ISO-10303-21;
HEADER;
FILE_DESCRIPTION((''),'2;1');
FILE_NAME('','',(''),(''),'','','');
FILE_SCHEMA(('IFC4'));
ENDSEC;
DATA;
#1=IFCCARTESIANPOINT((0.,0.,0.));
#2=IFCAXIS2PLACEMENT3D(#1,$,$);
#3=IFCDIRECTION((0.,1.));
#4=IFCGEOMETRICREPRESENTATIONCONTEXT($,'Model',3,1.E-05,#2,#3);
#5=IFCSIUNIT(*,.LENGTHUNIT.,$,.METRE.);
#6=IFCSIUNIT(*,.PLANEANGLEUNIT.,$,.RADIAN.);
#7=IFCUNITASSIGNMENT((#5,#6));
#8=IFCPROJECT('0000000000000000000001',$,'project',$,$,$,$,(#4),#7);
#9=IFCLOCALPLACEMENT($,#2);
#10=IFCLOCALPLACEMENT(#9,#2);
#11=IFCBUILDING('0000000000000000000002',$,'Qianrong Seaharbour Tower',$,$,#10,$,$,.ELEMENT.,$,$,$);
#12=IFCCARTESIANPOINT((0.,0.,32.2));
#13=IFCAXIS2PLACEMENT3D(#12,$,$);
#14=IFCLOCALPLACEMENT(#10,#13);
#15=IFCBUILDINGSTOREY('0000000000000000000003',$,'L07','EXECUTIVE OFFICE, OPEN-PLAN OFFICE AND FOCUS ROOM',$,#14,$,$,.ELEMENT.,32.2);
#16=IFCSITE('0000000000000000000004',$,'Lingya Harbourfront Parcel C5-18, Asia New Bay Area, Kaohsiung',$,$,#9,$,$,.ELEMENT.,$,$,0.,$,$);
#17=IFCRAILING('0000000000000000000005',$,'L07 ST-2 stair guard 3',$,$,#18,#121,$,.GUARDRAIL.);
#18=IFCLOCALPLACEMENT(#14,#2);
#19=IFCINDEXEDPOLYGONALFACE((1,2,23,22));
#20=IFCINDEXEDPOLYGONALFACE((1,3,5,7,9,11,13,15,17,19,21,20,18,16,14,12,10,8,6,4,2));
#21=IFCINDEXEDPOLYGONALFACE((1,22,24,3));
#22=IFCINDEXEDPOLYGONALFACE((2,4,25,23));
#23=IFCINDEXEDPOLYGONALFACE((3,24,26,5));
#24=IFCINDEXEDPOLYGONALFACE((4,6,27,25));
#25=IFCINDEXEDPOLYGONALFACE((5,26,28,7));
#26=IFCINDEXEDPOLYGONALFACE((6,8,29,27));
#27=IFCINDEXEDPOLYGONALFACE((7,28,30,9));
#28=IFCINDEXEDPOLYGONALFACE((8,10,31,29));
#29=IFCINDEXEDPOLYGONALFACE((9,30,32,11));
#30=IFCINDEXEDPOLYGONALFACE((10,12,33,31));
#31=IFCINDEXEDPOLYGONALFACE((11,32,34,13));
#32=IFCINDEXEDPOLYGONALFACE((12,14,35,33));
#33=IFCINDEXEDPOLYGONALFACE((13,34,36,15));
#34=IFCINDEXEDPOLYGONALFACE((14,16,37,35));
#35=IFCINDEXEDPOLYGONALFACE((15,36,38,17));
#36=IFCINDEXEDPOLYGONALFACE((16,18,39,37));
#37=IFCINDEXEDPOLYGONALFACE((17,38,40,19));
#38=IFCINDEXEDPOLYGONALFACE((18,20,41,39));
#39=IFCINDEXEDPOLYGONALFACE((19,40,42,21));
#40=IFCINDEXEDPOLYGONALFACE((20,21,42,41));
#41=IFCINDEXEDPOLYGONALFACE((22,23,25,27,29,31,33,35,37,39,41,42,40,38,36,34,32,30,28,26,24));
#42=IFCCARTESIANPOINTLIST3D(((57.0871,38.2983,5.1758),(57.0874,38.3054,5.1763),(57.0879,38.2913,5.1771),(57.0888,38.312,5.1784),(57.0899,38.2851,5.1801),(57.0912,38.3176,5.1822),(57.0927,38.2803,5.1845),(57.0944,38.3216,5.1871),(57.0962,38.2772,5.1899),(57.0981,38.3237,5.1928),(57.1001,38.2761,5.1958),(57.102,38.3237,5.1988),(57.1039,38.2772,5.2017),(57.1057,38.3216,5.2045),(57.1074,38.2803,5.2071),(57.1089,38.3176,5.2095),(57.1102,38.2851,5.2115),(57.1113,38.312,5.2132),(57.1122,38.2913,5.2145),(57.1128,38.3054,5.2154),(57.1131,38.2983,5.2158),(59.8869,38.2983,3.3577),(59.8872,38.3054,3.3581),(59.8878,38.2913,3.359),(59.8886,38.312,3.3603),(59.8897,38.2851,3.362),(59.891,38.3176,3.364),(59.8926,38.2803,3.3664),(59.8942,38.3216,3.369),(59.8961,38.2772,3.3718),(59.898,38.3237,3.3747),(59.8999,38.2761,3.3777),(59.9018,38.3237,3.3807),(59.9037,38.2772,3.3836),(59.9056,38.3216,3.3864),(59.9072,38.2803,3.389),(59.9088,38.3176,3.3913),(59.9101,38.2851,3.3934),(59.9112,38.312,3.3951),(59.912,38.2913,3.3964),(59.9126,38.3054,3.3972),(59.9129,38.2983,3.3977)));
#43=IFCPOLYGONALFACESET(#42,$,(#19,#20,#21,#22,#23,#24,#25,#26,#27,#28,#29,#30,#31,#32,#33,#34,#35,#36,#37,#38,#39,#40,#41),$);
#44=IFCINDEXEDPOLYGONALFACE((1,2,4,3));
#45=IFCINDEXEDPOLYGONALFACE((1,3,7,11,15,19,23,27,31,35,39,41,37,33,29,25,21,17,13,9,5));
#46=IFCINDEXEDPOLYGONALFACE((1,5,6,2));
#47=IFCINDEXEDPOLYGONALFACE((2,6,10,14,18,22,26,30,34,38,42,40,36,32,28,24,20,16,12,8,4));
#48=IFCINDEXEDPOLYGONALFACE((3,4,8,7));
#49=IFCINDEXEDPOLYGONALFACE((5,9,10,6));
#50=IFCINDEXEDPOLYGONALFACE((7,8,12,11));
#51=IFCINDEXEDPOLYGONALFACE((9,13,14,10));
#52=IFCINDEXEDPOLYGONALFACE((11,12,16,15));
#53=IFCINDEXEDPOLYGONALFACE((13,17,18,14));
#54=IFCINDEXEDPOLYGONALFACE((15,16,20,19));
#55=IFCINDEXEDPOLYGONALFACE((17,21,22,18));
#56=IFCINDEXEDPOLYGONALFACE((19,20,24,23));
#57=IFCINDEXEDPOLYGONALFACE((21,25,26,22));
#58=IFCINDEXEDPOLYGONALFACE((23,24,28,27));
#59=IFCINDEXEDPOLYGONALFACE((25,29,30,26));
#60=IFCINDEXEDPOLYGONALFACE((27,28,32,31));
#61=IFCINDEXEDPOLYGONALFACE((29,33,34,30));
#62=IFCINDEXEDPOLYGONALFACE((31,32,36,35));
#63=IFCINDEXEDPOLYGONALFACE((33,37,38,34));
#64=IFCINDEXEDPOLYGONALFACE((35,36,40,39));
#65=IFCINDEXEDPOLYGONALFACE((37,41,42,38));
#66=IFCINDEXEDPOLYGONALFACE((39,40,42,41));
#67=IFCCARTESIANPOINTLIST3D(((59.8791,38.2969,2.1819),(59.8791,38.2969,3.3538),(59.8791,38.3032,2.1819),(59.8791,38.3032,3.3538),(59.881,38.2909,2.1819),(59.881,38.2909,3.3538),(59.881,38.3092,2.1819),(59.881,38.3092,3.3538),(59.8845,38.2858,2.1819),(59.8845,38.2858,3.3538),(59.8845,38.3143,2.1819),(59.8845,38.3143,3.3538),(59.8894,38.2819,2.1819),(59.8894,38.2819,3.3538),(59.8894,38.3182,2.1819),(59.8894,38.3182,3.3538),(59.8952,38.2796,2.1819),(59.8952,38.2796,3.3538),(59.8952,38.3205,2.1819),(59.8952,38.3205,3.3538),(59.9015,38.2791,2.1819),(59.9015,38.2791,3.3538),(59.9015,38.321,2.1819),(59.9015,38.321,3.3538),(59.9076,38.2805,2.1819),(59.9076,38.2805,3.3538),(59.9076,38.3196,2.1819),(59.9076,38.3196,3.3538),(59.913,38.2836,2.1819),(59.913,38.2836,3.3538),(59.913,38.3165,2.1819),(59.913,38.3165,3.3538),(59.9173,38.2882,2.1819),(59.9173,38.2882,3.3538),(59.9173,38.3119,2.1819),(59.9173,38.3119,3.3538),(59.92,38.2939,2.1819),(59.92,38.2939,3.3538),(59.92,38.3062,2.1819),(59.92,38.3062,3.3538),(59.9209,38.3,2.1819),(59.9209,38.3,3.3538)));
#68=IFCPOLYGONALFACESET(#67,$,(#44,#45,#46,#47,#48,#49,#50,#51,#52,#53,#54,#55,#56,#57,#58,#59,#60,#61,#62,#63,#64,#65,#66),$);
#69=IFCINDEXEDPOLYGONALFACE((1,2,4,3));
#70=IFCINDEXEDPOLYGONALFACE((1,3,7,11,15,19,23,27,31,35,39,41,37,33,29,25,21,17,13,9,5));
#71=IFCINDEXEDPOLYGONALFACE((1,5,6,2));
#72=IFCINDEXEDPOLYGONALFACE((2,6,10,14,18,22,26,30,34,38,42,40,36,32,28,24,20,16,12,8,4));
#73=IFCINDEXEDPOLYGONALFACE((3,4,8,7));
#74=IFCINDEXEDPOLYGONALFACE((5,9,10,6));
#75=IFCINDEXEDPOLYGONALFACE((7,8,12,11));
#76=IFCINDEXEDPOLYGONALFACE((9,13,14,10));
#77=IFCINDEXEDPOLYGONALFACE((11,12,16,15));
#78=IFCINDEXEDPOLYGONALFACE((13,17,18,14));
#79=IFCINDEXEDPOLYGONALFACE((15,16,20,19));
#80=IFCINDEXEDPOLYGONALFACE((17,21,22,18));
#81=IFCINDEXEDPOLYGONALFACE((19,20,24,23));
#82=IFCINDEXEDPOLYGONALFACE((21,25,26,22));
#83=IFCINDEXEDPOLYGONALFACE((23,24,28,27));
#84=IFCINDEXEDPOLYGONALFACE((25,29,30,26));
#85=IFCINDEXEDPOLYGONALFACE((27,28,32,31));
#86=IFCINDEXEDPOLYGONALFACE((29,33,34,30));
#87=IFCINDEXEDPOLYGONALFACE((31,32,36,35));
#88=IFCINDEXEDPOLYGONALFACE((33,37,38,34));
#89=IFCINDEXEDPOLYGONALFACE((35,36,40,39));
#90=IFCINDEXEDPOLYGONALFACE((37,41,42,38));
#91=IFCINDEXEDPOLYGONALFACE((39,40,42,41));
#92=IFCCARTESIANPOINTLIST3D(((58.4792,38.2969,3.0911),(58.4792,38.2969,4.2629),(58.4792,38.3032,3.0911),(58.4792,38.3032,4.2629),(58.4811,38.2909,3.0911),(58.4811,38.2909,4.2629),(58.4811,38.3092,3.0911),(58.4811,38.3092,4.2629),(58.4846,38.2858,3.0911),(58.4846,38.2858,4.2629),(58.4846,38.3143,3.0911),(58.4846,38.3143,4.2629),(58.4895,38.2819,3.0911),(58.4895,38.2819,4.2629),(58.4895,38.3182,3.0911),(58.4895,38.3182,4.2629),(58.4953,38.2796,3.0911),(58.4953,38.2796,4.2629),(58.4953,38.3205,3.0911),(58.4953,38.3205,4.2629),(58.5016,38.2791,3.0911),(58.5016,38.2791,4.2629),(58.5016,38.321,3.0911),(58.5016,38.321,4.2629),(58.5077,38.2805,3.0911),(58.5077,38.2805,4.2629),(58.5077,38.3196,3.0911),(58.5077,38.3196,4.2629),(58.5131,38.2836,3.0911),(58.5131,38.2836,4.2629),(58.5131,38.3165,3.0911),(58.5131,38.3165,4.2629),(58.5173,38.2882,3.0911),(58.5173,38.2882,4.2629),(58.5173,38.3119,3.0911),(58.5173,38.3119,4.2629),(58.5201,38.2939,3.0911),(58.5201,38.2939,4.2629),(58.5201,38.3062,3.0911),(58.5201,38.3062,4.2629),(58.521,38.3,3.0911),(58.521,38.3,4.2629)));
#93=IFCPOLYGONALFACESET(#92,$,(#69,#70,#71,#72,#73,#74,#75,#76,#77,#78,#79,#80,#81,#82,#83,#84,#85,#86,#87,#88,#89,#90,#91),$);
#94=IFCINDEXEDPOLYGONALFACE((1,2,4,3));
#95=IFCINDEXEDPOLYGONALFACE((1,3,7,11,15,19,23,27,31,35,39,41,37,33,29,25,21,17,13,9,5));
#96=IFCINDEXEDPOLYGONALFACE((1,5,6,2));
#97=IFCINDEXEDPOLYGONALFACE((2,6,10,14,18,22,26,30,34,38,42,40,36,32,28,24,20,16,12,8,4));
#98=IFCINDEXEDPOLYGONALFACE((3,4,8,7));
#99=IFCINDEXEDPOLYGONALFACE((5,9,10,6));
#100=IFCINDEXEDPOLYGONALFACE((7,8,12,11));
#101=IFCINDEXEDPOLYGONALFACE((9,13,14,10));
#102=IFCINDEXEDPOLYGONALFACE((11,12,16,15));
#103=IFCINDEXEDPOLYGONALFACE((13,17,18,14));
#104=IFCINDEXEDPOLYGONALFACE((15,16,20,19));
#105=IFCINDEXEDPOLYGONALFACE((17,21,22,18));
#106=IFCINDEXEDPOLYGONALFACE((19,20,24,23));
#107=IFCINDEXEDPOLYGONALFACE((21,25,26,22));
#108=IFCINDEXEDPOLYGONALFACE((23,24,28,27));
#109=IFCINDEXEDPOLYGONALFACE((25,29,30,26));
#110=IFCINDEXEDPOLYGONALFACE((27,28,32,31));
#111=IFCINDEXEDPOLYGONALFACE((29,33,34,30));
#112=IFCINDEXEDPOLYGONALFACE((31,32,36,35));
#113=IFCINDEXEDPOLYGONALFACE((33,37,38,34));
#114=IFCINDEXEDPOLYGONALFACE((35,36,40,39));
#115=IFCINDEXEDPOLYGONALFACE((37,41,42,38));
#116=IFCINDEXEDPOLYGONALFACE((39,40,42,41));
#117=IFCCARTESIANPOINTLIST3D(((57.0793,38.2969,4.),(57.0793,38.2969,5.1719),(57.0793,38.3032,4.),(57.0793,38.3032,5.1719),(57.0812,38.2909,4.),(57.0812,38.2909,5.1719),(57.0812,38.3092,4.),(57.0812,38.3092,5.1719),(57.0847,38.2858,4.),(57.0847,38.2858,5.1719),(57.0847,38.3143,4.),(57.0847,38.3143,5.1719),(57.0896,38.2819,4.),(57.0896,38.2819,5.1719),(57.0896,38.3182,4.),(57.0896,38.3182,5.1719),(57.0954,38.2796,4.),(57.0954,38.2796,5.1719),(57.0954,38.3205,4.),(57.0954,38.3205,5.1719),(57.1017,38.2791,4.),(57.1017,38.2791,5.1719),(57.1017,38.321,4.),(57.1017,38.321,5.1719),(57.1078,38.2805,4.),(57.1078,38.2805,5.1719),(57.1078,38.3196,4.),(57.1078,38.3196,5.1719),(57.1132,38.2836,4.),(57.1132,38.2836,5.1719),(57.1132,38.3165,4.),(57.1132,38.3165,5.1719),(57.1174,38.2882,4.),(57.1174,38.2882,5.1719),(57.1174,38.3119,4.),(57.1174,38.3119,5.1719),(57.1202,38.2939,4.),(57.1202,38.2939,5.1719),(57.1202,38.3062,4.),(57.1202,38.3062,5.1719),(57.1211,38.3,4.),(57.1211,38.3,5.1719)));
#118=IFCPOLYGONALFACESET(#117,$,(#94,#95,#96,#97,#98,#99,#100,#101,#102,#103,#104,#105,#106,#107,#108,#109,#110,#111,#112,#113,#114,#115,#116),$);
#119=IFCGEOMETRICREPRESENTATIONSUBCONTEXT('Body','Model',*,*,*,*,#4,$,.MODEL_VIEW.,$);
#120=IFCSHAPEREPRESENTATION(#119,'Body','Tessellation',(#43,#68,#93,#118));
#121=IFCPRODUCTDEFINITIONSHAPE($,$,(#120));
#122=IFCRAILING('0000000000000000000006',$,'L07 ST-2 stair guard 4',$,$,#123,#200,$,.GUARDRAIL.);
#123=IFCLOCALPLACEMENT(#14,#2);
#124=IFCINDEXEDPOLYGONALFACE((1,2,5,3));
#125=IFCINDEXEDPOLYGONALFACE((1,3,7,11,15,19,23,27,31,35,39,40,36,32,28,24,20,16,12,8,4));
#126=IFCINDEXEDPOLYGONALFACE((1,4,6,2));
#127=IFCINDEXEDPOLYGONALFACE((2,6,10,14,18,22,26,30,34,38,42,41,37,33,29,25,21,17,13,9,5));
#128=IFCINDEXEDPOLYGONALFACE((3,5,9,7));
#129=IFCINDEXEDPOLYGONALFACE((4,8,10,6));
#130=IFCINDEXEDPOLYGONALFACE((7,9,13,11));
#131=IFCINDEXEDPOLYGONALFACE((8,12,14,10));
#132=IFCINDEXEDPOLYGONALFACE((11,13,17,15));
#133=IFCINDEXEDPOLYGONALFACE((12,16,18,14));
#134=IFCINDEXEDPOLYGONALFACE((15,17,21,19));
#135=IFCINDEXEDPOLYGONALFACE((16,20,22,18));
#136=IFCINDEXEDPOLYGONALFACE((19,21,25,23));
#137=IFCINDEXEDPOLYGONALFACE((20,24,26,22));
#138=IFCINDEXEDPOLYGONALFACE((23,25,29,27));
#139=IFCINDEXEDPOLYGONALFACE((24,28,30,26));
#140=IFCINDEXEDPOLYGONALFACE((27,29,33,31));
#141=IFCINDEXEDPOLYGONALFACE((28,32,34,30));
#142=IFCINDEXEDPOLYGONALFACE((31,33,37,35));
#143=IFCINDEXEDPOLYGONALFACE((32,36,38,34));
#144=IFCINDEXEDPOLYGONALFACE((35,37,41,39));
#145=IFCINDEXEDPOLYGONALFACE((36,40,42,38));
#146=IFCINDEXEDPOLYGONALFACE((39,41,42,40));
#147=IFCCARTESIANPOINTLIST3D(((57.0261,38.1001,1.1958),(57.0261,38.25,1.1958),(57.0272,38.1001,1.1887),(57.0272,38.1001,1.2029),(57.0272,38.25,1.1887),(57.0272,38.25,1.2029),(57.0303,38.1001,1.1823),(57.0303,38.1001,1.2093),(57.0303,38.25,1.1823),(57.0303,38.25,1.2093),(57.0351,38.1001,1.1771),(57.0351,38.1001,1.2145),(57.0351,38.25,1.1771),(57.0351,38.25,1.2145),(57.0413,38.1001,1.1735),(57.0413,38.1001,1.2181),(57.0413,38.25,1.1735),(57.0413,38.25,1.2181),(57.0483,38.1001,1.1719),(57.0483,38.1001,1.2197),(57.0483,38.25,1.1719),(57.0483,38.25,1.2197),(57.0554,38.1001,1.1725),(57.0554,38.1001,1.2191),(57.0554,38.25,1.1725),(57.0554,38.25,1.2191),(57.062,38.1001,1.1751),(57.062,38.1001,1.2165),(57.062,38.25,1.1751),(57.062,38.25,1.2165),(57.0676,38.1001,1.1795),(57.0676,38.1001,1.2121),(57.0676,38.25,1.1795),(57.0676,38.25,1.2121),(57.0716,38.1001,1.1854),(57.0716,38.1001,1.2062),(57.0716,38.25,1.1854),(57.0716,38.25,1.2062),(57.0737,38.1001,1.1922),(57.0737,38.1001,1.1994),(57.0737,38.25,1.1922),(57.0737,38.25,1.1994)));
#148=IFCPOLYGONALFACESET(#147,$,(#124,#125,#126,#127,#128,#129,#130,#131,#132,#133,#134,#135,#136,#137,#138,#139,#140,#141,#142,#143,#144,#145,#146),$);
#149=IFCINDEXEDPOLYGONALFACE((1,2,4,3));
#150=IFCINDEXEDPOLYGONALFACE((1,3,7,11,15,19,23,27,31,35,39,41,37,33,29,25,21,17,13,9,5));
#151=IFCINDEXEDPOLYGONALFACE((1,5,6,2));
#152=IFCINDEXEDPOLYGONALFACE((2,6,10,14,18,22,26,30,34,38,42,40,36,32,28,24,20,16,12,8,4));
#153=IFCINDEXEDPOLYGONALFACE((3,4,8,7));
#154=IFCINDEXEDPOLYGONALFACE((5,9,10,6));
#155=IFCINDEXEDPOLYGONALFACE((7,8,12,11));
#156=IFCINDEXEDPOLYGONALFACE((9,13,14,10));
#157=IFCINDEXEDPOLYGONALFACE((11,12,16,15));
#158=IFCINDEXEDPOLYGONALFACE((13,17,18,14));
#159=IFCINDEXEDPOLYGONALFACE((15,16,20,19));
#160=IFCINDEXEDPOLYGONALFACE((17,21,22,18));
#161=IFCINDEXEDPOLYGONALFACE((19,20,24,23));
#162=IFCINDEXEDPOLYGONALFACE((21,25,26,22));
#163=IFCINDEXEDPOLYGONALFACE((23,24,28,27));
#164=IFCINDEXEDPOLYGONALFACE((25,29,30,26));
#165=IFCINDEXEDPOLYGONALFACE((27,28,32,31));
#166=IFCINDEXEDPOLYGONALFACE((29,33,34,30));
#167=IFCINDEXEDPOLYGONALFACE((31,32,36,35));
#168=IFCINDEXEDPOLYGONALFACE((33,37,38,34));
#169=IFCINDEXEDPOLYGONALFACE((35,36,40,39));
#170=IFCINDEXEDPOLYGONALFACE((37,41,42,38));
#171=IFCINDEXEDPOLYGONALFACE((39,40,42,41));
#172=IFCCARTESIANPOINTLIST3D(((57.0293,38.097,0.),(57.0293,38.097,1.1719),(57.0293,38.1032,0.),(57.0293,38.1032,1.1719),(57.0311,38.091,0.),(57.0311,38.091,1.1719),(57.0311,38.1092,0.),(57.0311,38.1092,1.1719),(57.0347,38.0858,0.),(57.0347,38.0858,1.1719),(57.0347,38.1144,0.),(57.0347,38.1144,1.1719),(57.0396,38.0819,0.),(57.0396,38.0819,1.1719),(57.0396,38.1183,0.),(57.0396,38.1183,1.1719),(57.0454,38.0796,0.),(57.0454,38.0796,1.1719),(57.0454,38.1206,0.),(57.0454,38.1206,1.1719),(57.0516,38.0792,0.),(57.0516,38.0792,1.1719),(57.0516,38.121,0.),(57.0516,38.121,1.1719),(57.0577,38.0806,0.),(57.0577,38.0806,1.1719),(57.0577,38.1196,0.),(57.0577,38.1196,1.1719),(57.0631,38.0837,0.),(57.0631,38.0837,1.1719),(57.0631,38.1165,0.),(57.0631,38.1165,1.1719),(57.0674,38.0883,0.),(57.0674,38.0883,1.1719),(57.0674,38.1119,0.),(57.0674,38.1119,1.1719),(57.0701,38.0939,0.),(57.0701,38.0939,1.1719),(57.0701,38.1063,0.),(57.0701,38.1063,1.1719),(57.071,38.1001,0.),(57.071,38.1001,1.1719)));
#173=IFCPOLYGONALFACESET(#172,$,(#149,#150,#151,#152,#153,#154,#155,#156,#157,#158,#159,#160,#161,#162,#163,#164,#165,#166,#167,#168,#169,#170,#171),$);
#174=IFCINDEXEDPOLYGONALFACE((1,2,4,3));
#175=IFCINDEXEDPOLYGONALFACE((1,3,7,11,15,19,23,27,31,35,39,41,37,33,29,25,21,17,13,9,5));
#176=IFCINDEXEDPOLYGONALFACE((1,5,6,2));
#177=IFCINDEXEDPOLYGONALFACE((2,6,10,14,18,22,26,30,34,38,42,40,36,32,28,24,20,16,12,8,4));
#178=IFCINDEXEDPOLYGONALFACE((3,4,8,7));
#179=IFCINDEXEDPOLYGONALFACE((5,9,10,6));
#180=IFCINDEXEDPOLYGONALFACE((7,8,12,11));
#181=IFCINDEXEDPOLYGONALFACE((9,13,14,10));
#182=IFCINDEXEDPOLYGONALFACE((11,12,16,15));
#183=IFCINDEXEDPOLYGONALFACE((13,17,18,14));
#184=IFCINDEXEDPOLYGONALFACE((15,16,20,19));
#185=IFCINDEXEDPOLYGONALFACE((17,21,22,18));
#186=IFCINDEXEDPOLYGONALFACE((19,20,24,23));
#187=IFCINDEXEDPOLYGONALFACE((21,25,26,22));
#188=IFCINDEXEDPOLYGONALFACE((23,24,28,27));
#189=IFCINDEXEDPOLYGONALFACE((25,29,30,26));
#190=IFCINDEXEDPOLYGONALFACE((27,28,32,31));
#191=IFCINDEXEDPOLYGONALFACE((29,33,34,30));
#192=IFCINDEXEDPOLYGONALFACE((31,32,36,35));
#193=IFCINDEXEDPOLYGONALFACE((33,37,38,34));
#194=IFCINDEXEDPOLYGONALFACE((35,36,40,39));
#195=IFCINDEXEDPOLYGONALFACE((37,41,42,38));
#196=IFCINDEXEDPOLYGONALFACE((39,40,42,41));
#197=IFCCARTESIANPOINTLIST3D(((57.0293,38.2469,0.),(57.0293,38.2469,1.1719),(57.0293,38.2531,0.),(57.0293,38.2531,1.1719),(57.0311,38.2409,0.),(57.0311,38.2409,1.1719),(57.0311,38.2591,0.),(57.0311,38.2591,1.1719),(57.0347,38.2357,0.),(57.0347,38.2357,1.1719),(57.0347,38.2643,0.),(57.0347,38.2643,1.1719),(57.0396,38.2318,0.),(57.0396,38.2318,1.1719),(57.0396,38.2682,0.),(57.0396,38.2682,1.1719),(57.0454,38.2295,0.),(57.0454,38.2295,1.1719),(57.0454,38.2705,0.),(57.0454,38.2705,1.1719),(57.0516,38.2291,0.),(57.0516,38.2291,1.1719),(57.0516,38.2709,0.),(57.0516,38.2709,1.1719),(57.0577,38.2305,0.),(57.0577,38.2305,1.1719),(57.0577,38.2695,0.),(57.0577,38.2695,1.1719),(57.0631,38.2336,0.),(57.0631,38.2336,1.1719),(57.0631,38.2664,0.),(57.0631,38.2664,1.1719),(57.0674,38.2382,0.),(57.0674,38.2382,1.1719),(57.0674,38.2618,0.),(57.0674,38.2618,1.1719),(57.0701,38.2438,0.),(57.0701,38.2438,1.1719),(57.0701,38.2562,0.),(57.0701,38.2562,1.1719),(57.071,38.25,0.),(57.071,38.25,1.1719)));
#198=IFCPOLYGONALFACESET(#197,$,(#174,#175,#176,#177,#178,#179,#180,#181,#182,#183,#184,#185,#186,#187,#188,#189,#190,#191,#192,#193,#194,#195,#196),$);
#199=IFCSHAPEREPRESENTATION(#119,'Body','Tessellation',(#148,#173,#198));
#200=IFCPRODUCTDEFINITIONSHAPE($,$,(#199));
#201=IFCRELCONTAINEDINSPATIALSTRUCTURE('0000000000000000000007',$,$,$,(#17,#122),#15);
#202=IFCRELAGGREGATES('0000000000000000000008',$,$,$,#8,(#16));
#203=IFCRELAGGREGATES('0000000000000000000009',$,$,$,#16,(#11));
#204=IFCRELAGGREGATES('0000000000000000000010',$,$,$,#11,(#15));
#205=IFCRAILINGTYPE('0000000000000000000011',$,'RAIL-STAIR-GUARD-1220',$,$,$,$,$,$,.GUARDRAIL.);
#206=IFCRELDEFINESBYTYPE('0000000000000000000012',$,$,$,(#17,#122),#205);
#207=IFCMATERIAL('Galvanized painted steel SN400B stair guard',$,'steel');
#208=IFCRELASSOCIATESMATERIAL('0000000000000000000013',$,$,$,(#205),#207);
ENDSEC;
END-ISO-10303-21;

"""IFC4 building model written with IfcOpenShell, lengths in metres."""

from ifc_helpers import new_model, si_unit, direction, frame, origin, origin_2d, place, context, subcontext, project, spatial, circle, extrude, material, type_object, element, save


model = new_model("IFC4")

# Units and contexts
model_context = context("Model", 3, precision=1e-05, world=origin(), true_north=direction((0.0, 1.0)))
body_context = subcontext(model_context, "Body", "Model", "MODEL_VIEW")
ifc_project = project(units=[si_unit("LENGTHUNIT", "METRE"), si_unit("PLANEANGLEUNIT", "RADIAN")], contexts=[model_context])

# Site, building, storey
site_placement = place(None, origin())
site = spatial("IfcSite", under=ifc_project, at=site_placement, Name="Lingya Harbourfront Parcel C5-18, Asia New Bay Area, Kaohsiung", CompositionType="ELEMENT", RefElevation=0.0)
building_placement = place(site_placement, origin())
building = spatial("IfcBuilding", under=site, at=building_placement, Name="Qianrong Seaharbour Tower", CompositionType="ELEMENT")
storey_placement = place(building_placement, frame((0.0, 0.0, 32.2)))
storey = spatial("IfcBuildingStorey", under=building, at=storey_placement, Name="L07", Description="EXECUTIVE OFFICE, OPEN-PLAN OFFICE AND FOCUS ROOM", CompositionType="ELEMENT", Elevation=32.2)

# Railings
ifc_material_1 = material(Name="Galvanized painted steel SN400B stair guard", Category="steel")
railing_type_1 = type_object("IfcRailingType", Name="RAIL-STAIR-GUARD-1220", PredefinedType="GUARDRAIL", material=ifc_material_1)
railing_1_placement = place(storey_placement, frame((59.8999, 38.3, 2.1819)))
element("IfcRailing", 1, at=railing_1_placement, inside=storey, type_object=railing_type_1, Name="L07 ST-2 stair guard 3", PredefinedType="GUARDRAIL", context=body_context, shape_type="SweptSolid", body=[
    extrude(circle(Radius=0.0239, at=origin_2d()), frame((0.0, 0.0, 1.1958), z_axis=(-0.838684, 0.0, 0.544618), x_axis=(0.0, -1.0, 0.0)), (0.0, 0.0, 1.0), 3.3384),
    extrude(circle(Radius=0.021, at=origin_2d()), origin(), (0.0, 0.0, 1.0), 1.1719),
    extrude(circle(Radius=0.021, at=origin_2d()), frame((-1.3999, 0.0, 0.9092)), (0.0, 0.0, 1.0), 1.1719),
    extrude(circle(Radius=0.021, at=origin_2d()), frame((-2.7998, 0.0, 1.8181)), (0.0, 0.0, 1.0), 1.1719),
])
railing_2_placement = place(storey_placement, frame((57.05, 38.1001, 0.0)))
element("IfcRailing", 2, at=railing_2_placement, inside=storey, type_object=railing_type_1, Name="L07 ST-2 stair guard 4", PredefinedType="GUARDRAIL", context=body_context, shape_type="SweptSolid", body=[
    extrude(circle(Radius=0.0239, at=origin_2d()), frame((0.0, 0.0, 1.1958), z_axis=(0.0, 1.0, 0.0), x_axis=(-1.0, 0.0, 0.0)), (0.0, 0.0, 1.0), 0.1499),
    extrude(circle(Radius=0.021, at=origin_2d()), origin(), (0.0, 0.0, 1.0), 1.1719),
    extrude(circle(Radius=0.021, at=origin_2d()), frame((0.0, 0.1499, 0.0)), (0.0, 0.0, 1.0), 1.1719),
])

save(model, "model.ifc")
